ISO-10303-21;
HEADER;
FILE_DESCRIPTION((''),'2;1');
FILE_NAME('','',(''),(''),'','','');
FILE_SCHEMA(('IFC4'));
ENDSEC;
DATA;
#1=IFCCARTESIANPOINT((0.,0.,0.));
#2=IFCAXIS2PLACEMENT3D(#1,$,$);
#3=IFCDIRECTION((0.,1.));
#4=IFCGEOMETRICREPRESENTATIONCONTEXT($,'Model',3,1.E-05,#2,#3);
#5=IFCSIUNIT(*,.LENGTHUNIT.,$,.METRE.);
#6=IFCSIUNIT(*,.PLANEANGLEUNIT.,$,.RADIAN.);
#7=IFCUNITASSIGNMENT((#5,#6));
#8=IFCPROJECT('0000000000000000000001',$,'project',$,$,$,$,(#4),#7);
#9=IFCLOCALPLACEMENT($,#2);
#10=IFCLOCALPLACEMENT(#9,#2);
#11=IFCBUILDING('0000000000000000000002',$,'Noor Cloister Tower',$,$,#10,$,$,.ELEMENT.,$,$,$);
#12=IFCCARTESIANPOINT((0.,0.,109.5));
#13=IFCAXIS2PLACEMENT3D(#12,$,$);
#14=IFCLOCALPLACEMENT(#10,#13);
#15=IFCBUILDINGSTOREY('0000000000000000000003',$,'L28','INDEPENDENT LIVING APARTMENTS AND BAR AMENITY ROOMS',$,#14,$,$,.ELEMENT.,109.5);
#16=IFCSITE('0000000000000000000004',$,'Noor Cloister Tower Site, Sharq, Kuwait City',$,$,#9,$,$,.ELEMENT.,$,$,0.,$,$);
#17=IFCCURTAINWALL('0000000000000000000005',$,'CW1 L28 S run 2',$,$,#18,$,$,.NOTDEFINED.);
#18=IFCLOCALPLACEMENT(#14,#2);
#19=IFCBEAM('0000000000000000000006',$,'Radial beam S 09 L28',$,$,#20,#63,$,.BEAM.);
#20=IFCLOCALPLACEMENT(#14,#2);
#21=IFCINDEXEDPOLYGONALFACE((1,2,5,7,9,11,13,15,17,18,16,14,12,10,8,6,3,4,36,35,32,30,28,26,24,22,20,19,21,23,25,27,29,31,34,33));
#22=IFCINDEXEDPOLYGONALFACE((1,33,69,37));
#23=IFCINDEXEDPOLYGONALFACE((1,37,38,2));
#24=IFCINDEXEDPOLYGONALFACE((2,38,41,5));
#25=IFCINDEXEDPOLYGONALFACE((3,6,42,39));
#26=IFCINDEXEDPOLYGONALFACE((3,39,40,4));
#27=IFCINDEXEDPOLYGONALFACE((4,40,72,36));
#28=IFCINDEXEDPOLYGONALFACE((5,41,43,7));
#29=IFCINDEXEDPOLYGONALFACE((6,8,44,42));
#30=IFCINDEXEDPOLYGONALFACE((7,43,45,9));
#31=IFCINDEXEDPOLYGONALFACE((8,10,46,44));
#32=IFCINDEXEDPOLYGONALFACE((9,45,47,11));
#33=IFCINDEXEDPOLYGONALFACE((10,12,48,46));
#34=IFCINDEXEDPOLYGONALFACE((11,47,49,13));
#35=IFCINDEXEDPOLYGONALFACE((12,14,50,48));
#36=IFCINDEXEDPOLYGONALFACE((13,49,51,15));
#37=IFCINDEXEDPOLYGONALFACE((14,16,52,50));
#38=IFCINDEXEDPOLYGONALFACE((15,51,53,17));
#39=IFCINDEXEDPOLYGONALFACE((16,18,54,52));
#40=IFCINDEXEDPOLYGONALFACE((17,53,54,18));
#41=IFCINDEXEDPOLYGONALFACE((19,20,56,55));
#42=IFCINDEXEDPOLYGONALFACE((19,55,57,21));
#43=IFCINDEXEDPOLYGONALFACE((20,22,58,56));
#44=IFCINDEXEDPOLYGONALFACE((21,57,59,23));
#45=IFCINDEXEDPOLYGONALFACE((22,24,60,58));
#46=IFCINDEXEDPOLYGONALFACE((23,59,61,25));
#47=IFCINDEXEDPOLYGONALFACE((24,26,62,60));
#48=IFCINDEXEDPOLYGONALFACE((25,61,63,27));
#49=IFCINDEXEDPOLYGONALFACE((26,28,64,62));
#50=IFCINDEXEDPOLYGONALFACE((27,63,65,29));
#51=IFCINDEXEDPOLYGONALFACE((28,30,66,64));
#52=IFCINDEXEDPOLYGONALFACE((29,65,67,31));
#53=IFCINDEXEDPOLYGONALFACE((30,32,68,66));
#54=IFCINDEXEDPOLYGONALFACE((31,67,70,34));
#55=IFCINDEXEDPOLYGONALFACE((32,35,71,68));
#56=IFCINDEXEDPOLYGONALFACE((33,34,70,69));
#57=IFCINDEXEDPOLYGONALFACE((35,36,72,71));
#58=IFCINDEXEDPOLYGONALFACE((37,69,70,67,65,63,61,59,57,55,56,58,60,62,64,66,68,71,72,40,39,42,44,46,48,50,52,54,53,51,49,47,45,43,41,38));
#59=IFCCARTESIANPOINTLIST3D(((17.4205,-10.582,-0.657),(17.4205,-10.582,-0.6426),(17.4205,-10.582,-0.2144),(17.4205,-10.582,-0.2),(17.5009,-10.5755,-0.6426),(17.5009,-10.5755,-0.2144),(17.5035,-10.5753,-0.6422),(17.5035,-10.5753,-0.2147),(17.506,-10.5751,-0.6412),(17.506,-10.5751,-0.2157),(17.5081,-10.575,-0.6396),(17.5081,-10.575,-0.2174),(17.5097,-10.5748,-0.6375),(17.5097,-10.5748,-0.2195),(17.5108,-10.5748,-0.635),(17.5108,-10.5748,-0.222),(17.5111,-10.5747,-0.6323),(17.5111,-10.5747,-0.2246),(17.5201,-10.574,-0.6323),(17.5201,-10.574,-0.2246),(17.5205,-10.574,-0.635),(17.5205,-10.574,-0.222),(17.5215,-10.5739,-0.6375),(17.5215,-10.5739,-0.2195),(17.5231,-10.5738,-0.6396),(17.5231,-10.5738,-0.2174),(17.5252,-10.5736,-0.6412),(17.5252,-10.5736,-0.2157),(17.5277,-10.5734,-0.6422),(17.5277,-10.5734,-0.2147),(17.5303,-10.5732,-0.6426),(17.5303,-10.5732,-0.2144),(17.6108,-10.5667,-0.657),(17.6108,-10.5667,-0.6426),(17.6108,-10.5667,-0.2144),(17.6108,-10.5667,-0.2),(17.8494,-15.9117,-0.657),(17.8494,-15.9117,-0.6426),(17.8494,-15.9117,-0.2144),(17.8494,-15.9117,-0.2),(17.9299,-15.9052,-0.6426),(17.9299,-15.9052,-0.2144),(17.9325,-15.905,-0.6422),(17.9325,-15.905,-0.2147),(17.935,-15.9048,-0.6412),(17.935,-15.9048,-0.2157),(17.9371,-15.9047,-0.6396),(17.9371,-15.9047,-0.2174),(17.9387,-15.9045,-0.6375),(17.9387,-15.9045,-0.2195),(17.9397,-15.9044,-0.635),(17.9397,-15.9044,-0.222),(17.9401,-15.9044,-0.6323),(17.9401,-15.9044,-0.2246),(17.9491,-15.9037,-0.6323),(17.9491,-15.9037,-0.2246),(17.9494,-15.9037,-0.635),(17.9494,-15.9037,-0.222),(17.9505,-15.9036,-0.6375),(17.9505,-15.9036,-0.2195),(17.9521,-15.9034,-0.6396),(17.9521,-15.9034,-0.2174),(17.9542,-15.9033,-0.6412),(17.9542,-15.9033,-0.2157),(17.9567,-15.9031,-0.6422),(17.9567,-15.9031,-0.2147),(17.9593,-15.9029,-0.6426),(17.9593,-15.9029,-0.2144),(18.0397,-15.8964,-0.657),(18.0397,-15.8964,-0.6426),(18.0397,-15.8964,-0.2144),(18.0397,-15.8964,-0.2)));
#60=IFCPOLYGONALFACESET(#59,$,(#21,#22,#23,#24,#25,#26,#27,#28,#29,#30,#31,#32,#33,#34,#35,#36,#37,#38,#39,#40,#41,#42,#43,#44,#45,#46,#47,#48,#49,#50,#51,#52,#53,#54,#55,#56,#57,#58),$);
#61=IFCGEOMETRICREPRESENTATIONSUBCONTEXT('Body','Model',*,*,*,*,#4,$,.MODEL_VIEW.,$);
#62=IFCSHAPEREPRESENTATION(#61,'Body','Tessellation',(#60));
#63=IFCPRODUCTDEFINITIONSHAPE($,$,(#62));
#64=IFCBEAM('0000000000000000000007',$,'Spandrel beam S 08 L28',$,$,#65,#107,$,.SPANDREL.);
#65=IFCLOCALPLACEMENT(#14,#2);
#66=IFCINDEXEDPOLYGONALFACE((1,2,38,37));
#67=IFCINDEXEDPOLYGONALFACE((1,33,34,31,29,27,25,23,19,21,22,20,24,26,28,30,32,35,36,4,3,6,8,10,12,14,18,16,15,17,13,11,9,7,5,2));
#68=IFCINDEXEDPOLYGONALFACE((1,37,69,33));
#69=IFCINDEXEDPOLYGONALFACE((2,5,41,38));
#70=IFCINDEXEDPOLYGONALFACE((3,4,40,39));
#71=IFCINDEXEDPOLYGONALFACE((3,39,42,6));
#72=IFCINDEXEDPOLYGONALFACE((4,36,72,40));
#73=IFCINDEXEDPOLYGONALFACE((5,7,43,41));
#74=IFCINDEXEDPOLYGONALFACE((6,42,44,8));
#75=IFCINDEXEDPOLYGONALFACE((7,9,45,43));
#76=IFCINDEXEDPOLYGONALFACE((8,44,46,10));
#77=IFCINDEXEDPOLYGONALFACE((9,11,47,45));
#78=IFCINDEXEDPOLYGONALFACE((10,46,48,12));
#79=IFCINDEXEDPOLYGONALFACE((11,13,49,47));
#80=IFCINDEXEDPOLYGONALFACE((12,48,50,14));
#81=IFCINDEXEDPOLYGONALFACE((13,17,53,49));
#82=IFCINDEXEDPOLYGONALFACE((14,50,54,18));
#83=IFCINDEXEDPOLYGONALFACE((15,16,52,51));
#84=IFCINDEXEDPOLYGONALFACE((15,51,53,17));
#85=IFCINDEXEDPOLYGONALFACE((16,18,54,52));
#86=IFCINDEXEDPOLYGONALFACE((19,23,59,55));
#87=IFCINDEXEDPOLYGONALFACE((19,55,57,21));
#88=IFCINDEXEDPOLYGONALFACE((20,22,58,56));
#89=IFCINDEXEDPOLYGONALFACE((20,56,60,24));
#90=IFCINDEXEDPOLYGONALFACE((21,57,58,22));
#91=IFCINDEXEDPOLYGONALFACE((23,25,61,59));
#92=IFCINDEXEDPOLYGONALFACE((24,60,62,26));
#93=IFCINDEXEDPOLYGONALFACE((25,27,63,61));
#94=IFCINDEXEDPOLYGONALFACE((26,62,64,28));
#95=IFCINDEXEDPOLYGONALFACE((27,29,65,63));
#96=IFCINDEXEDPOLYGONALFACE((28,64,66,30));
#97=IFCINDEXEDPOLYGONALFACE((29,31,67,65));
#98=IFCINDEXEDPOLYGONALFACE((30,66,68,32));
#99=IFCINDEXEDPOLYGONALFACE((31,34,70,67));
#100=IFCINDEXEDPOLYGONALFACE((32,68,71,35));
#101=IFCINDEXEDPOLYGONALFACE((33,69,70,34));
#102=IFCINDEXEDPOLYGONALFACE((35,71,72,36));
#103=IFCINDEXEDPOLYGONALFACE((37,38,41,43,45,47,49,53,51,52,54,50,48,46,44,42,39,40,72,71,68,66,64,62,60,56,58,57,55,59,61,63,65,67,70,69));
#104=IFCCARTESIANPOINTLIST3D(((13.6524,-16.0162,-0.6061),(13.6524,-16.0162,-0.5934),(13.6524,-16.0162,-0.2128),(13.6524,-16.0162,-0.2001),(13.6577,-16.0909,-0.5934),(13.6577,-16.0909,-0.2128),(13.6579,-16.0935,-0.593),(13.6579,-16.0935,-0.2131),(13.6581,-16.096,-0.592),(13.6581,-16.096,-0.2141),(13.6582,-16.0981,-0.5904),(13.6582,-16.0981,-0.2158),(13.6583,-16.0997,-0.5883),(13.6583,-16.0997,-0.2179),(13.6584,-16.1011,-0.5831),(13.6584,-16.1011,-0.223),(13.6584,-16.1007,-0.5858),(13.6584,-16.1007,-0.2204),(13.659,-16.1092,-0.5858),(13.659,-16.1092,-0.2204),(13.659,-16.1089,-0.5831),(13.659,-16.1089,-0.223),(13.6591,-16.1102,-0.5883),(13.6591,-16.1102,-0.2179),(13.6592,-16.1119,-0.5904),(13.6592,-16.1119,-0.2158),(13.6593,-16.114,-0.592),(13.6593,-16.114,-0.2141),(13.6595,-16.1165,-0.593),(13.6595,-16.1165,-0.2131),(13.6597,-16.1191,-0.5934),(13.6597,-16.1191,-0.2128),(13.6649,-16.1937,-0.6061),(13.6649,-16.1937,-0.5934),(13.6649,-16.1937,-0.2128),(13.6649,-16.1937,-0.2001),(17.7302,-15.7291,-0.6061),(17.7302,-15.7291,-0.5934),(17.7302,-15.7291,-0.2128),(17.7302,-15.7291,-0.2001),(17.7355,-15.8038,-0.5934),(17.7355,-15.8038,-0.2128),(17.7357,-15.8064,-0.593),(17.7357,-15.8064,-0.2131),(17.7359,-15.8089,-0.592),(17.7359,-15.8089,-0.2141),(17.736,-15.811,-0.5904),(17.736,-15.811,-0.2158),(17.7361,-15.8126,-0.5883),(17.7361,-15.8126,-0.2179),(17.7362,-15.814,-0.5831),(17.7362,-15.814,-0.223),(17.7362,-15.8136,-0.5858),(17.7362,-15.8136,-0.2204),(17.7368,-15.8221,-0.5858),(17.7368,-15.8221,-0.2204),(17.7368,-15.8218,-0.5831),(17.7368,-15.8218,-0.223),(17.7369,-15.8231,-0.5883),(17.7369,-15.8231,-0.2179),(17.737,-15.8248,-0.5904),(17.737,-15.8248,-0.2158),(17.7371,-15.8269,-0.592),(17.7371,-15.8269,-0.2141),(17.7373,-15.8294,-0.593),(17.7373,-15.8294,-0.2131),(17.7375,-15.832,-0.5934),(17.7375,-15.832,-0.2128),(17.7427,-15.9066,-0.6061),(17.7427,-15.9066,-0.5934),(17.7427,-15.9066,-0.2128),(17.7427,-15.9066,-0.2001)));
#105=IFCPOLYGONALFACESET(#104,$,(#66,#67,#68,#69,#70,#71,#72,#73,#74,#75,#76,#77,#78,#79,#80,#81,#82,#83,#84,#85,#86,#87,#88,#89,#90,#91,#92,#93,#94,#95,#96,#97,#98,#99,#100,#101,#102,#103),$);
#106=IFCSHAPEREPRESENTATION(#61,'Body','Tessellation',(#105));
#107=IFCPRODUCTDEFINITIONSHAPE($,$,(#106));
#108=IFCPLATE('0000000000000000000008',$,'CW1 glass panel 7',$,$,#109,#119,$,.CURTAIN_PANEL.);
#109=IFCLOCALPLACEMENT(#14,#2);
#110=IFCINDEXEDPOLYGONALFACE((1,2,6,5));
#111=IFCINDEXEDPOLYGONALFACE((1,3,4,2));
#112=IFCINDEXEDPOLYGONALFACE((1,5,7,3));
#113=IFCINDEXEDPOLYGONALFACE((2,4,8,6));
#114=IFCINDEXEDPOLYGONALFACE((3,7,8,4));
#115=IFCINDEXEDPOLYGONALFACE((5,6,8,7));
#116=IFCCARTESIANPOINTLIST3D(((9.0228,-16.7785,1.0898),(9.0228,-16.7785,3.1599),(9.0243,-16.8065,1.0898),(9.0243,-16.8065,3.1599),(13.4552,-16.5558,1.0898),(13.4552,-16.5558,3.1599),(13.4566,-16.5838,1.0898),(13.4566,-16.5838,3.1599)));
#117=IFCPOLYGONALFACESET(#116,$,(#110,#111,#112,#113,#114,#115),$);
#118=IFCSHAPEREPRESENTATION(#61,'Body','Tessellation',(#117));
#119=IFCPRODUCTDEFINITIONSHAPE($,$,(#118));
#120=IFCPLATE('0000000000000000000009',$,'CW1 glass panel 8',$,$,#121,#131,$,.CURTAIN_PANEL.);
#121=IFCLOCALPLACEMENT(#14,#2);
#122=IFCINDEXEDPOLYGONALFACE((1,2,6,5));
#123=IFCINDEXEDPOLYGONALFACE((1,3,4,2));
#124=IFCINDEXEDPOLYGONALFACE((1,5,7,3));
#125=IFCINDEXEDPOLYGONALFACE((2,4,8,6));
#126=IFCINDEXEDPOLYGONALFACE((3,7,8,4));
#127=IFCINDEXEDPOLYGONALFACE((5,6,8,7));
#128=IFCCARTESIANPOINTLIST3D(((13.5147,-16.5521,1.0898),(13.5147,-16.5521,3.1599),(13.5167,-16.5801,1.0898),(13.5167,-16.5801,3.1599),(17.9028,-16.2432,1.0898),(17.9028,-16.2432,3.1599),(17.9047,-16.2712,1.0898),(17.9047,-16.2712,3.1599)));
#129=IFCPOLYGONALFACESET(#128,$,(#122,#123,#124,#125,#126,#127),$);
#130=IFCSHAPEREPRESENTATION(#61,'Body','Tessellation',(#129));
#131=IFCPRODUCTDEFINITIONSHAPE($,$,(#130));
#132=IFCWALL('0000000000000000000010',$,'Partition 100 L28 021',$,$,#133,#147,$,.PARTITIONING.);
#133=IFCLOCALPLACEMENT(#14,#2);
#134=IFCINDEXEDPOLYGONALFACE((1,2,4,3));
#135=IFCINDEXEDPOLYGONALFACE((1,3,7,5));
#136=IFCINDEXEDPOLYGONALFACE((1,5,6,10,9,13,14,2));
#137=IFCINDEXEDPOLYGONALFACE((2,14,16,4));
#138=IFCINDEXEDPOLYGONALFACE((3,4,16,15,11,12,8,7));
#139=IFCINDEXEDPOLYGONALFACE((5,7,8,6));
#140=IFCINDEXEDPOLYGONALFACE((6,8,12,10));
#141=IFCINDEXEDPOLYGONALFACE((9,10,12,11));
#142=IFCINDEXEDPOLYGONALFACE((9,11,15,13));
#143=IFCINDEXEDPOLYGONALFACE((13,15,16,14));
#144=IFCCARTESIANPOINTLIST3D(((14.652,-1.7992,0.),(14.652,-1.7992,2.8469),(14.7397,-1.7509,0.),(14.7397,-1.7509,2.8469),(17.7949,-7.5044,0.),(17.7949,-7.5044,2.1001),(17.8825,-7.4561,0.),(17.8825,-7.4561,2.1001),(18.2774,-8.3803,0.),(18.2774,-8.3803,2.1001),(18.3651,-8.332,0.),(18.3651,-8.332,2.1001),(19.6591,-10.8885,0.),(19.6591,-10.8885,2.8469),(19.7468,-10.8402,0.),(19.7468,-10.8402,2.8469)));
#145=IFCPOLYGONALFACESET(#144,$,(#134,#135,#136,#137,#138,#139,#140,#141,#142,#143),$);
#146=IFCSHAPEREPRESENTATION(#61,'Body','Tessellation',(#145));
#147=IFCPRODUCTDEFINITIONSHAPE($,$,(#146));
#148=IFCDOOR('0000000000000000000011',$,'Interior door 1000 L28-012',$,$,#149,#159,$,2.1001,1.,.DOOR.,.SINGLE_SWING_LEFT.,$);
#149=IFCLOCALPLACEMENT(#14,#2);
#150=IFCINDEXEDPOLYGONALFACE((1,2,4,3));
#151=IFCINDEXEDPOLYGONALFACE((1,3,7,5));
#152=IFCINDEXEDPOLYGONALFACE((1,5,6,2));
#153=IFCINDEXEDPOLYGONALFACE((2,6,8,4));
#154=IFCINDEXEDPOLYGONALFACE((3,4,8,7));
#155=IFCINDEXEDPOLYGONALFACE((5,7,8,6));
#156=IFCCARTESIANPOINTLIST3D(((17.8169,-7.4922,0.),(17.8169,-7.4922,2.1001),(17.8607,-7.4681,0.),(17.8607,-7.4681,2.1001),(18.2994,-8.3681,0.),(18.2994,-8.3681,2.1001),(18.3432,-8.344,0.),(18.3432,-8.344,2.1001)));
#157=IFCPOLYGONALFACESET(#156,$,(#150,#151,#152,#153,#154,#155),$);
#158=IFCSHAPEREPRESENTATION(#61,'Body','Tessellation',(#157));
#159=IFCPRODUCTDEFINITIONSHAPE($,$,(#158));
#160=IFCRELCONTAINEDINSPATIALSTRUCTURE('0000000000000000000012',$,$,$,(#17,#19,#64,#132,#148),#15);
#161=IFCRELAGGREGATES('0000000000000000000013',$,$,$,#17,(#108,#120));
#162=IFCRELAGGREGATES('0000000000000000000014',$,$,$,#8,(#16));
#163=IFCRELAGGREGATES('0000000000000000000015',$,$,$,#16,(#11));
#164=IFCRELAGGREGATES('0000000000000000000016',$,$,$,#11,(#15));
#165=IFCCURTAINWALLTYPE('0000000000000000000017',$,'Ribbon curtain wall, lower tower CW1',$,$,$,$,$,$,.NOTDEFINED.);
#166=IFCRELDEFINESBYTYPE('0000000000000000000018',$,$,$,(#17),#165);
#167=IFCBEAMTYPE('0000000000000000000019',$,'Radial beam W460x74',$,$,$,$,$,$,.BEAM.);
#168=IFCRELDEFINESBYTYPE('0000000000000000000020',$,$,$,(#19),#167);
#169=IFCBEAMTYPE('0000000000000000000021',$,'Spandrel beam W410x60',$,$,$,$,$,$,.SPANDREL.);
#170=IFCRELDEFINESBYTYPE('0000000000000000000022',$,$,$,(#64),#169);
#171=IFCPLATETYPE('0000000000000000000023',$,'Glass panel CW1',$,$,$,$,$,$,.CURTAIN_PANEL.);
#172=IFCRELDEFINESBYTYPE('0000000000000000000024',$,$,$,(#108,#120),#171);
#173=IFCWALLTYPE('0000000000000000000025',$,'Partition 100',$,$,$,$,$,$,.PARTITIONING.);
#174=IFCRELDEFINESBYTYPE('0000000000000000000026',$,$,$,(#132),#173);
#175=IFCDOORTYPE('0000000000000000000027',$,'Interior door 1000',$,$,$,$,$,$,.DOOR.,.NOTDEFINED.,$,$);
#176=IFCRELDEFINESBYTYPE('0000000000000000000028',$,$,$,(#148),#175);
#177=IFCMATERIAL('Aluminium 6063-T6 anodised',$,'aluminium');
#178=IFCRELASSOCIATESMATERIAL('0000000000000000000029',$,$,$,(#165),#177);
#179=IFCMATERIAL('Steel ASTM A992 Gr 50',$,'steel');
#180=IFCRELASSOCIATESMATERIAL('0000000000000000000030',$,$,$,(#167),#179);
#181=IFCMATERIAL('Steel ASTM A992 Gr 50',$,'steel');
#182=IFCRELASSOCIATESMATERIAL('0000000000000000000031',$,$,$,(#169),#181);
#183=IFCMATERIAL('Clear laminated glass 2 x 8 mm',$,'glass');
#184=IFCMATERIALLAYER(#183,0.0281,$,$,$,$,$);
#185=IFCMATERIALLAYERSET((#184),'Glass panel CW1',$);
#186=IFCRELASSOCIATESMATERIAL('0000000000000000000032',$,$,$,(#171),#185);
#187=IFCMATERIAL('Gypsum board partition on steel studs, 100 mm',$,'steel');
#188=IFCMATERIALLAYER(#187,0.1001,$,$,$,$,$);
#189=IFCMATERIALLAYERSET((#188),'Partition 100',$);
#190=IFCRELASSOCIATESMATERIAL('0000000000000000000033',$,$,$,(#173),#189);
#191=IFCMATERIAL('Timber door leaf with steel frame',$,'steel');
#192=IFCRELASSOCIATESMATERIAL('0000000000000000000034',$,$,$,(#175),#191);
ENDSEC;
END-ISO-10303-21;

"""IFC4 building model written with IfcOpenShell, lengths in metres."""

from ifc_helpers import new_model, si_unit, direction, frame, frame_2d, origin, origin_2d, place, context, subcontext, project, spatial, rectangle, i_section, extrude, material, layer, layer_set, material_profile, profile_set, type_object, element, fill, aggregate, save


model = new_model("IFC4")

# Units and contexts
model_context = context("Model", 3, precision=1e-05, world=origin(), true_north=direction((0.0, 1.0)))
body_context = subcontext(model_context, "Body", "Model", "MODEL_VIEW")
ifc_project = project(units=[si_unit("LENGTHUNIT", "METRE"), si_unit("PLANEANGLEUNIT", "RADIAN")], contexts=[model_context])

# Site, building, storey
site_placement = place(None, origin())
site = spatial("IfcSite", under=ifc_project, at=site_placement, Name="Noor Cloister Tower Site, Sharq, Kuwait City", CompositionType="ELEMENT", RefElevation=0.0)
building_placement = place(site_placement, origin())
building = spatial("IfcBuilding", under=site, at=building_placement, Name="Noor Cloister Tower", CompositionType="ELEMENT")
storey_placement = place(building_placement, frame((0.0, 0.0, 109.5)))
storey = spatial("IfcBuildingStorey", under=building, at=storey_placement, Name="L28", Description="INDEPENDENT LIVING APARTMENTS AND BAR AMENITY ROOMS", CompositionType="ELEMENT", Elevation=109.5)

# Curtain wall
ifc_material_1 = material(Name="Aluminium 6063-T6 anodised", Category="aluminium")
curtain_wall_type = type_object("IfcCurtainWallType", Name="Ribbon curtain wall, lower tower CW1", PredefinedType="NOTDEFINED", material=ifc_material_1)
curtain_wall_placement = place(storey_placement, origin())
curtain_wall = element("IfcCurtainWall", 1, at=curtain_wall_placement, inside=storey, type_object=curtain_wall_type, Name="CW1 L28 S run 2", PredefinedType="NOTDEFINED")

# Beams
ifc_material_2 = material(Name="Steel ASTM A992 Gr 50", Category="steel")
ifc_material_profile_1 = material_profile(ifc_material_2, i_section(OverallWidth=0.1909, OverallDepth=0.457, WebThickness=0.009, FlangeThickness=0.0144, FilletRadius=0.0103, at=origin_2d()), Name="W460x74")
ifc_profile_set_1 = profile_set([ifc_material_profile_1], Name="Steel ASTM A992 Gr 50")
beam_type_1 = type_object("IfcBeamType", Name="Radial beam W460x74", PredefinedType="BEAM", material=ifc_profile_set_1)
beam_1_placement = place(storey_placement, frame((17.9446, -15.9041, -0.4285), z_axis=(-0.080226, 0.996777, 0.0), x_axis=(-0.996777, -0.080226, 0.0)))
element("IfcBeam", 2, at=beam_1_placement, inside=storey, type_object=beam_type_1, Name="Radial beam S 09 L28", PredefinedType="BEAM", context=body_context, shape_type="SweptSolid", body=[
    extrude(i_section(OverallWidth=0.1909, OverallDepth=0.457, WebThickness=0.009, FlangeThickness=0.0144, FilletRadius=0.0103, at=origin_2d()), origin(), (0.0, 0.0, 1.0), 5.3469),
])
ifc_material_3 = material(Name="Steel ASTM A992 Gr 50", Category="steel")
ifc_material_profile_2 = material_profile(ifc_material_3, i_section(OverallWidth=0.178, OverallDepth=0.406, WebThickness=0.0078, FlangeThickness=0.0127, FilletRadius=0.0103, at=origin_2d()), Name="W410x60")
ifc_profile_set_2 = profile_set([ifc_material_profile_2], Name="Steel ASTM A992 Gr 50")
beam_type_2 = type_object("IfcBeamType", Name="Spandrel beam W410x60", PredefinedType="SPANDREL", material=ifc_profile_set_2)
beam_2_placement = place(storey_placement, frame((13.6587, -16.105, -0.4031), z_axis=(0.997531, 0.070233, 0.0), x_axis=(-0.070233, 0.997531, 0.0)))
element("IfcBeam", 3, at=beam_2_placement, inside=storey, type_object=beam_type_2, Name="Spandrel beam S 08 L28", PredefinedType="SPANDREL", context=body_context, shape_type="SweptSolid", body=[
    extrude(i_section(OverallWidth=0.178, OverallDepth=0.406, WebThickness=0.0078, FlangeThickness=0.0127, FilletRadius=0.0103, at=origin_2d()), origin(), (0.0, 0.0, 1.0), 4.0879),
])

# Plates
ifc_material_4 = material(Name="Clear laminated glass 2 x 8 mm", Category="glass")
ifc_layer_1 = layer(ifc_material_4, 0.0281)
ifc_layer_set_1 = layer_set([ifc_layer_1], Name="Glass panel CW1")
plate_type = type_object("IfcPlateType", Name="Glass panel CW1", PredefinedType="CURTAIN_PANEL", material=ifc_layer_set_1)
plate_1_placement = place(storey_placement, frame((11.2397, -16.6812, 1.0898), z_axis=(0.0, 0.0, 1.0), x_axis=(0.99874, 0.050176, 0.0)))
plate_1 = element("IfcPlate", 4, at=plate_1_placement, type_object=plate_type, Name="CW1 glass panel 7", PredefinedType="CURTAIN_PANEL", context=body_context, shape_type="SweptSolid", body=[
    extrude(rectangle(XDim=4.438, YDim=0.0281, at=origin_2d()), origin(), (0.0, 0.0, 1.0), 2.0701),
])
plate_2_placement = place(storey_placement, frame((15.7097, -16.4116, 1.0898), z_axis=(0.0, 0.0, 1.0), x_axis=(0.997532, 0.070218, 0.0)))
plate_2 = element("IfcPlate", 5, at=plate_2_placement, type_object=plate_type, Name="CW1 glass panel 8", PredefinedType="CURTAIN_PANEL", context=body_context, shape_type="SweptSolid", body=[
    extrude(rectangle(XDim=4.3989, YDim=0.0281, at=origin_2d()), origin(), (0.0, 0.0, 1.0), 2.0701),
])
aggregate(curtain_wall, [plate_1, plate_2])

# Wall, opening, door
ifc_material_5 = material(Name="Gypsum board partition on steel studs, 100 mm", Category="steel")
ifc_layer_2 = layer(ifc_material_5, 0.1001)
ifc_layer_set_2 = layer_set([ifc_layer_2], Name="Partition 100")
wall_type = type_object("IfcWallType", Name="Partition 100", PredefinedType="PARTITIONING", material=ifc_layer_set_2)
wall_1_placement = place(storey_placement, frame((19.7029, -10.8643, 0.0), z_axis=(0.0, 0.0, 1.0), x_axis=(-0.482506, 0.875893, 0.0)))
wall_1 = element("IfcWall", 6, at=wall_1_placement, inside=storey, type_object=wall_type, Name="Partition 100 L28 021", PredefinedType="PARTITIONING", context=body_context, shape_type="SweptSolid", body=[
    extrude(rectangle(XDim=10.3772, YDim=0.1001, at=frame_2d((5.1885, 0.0))), origin(), (0.0, 0.0, 1.0), 2.8469),
])
opening_1_placement = place(wall_1_placement, frame((2.8635, 0.0, 0.0)))
opening_1 = element("IfcOpeningElement", 7, at=opening_1_placement, cuts=wall_1, PredefinedType="OPENING", context=body_context, shape_type="SweptSolid", body=[
    extrude(rectangle(XDim=1.0, YDim=2.1001, at=frame_2d((0.5, 1.05))), frame((0.0, 0.0601, 0.0), z_axis=(0.0, -1.0, 0.0), x_axis=(1.0, 0.0, 0.0)), (0.0, 0.0, 1.0), 0.1201),
])
ifc_material_6 = material(Name="Timber door leaf with steel frame", Category="steel")
door_type = type_object("IfcDoorType", Name="Interior door 1000", OperationType="NOTDEFINED", PredefinedType="DOOR", material=ifc_material_6)
door_1_placement = place(opening_1_placement, origin())
door_1 = element("IfcDoor", 8, at=door_1_placement, inside=storey, type_object=door_type, Name="Interior door 1000 L28-012", OperationType="SINGLE_SWING_LEFT", OverallHeight=2.1001, OverallWidth=1.0, PredefinedType="DOOR", context=body_context, shape_type="SweptSolid", body=[
    extrude(rectangle(XDim=1.0, YDim=2.1001, at=frame_2d((0.5, 1.05))), frame((0.0, 0.0249, 0.0), z_axis=(0.0, -1.0, 0.0), x_axis=(1.0, 0.0, 0.0)), (0.0, 0.0, 1.0), 0.05),
])
fill(opening_1, door_1)

save(model, "model.ifc")
